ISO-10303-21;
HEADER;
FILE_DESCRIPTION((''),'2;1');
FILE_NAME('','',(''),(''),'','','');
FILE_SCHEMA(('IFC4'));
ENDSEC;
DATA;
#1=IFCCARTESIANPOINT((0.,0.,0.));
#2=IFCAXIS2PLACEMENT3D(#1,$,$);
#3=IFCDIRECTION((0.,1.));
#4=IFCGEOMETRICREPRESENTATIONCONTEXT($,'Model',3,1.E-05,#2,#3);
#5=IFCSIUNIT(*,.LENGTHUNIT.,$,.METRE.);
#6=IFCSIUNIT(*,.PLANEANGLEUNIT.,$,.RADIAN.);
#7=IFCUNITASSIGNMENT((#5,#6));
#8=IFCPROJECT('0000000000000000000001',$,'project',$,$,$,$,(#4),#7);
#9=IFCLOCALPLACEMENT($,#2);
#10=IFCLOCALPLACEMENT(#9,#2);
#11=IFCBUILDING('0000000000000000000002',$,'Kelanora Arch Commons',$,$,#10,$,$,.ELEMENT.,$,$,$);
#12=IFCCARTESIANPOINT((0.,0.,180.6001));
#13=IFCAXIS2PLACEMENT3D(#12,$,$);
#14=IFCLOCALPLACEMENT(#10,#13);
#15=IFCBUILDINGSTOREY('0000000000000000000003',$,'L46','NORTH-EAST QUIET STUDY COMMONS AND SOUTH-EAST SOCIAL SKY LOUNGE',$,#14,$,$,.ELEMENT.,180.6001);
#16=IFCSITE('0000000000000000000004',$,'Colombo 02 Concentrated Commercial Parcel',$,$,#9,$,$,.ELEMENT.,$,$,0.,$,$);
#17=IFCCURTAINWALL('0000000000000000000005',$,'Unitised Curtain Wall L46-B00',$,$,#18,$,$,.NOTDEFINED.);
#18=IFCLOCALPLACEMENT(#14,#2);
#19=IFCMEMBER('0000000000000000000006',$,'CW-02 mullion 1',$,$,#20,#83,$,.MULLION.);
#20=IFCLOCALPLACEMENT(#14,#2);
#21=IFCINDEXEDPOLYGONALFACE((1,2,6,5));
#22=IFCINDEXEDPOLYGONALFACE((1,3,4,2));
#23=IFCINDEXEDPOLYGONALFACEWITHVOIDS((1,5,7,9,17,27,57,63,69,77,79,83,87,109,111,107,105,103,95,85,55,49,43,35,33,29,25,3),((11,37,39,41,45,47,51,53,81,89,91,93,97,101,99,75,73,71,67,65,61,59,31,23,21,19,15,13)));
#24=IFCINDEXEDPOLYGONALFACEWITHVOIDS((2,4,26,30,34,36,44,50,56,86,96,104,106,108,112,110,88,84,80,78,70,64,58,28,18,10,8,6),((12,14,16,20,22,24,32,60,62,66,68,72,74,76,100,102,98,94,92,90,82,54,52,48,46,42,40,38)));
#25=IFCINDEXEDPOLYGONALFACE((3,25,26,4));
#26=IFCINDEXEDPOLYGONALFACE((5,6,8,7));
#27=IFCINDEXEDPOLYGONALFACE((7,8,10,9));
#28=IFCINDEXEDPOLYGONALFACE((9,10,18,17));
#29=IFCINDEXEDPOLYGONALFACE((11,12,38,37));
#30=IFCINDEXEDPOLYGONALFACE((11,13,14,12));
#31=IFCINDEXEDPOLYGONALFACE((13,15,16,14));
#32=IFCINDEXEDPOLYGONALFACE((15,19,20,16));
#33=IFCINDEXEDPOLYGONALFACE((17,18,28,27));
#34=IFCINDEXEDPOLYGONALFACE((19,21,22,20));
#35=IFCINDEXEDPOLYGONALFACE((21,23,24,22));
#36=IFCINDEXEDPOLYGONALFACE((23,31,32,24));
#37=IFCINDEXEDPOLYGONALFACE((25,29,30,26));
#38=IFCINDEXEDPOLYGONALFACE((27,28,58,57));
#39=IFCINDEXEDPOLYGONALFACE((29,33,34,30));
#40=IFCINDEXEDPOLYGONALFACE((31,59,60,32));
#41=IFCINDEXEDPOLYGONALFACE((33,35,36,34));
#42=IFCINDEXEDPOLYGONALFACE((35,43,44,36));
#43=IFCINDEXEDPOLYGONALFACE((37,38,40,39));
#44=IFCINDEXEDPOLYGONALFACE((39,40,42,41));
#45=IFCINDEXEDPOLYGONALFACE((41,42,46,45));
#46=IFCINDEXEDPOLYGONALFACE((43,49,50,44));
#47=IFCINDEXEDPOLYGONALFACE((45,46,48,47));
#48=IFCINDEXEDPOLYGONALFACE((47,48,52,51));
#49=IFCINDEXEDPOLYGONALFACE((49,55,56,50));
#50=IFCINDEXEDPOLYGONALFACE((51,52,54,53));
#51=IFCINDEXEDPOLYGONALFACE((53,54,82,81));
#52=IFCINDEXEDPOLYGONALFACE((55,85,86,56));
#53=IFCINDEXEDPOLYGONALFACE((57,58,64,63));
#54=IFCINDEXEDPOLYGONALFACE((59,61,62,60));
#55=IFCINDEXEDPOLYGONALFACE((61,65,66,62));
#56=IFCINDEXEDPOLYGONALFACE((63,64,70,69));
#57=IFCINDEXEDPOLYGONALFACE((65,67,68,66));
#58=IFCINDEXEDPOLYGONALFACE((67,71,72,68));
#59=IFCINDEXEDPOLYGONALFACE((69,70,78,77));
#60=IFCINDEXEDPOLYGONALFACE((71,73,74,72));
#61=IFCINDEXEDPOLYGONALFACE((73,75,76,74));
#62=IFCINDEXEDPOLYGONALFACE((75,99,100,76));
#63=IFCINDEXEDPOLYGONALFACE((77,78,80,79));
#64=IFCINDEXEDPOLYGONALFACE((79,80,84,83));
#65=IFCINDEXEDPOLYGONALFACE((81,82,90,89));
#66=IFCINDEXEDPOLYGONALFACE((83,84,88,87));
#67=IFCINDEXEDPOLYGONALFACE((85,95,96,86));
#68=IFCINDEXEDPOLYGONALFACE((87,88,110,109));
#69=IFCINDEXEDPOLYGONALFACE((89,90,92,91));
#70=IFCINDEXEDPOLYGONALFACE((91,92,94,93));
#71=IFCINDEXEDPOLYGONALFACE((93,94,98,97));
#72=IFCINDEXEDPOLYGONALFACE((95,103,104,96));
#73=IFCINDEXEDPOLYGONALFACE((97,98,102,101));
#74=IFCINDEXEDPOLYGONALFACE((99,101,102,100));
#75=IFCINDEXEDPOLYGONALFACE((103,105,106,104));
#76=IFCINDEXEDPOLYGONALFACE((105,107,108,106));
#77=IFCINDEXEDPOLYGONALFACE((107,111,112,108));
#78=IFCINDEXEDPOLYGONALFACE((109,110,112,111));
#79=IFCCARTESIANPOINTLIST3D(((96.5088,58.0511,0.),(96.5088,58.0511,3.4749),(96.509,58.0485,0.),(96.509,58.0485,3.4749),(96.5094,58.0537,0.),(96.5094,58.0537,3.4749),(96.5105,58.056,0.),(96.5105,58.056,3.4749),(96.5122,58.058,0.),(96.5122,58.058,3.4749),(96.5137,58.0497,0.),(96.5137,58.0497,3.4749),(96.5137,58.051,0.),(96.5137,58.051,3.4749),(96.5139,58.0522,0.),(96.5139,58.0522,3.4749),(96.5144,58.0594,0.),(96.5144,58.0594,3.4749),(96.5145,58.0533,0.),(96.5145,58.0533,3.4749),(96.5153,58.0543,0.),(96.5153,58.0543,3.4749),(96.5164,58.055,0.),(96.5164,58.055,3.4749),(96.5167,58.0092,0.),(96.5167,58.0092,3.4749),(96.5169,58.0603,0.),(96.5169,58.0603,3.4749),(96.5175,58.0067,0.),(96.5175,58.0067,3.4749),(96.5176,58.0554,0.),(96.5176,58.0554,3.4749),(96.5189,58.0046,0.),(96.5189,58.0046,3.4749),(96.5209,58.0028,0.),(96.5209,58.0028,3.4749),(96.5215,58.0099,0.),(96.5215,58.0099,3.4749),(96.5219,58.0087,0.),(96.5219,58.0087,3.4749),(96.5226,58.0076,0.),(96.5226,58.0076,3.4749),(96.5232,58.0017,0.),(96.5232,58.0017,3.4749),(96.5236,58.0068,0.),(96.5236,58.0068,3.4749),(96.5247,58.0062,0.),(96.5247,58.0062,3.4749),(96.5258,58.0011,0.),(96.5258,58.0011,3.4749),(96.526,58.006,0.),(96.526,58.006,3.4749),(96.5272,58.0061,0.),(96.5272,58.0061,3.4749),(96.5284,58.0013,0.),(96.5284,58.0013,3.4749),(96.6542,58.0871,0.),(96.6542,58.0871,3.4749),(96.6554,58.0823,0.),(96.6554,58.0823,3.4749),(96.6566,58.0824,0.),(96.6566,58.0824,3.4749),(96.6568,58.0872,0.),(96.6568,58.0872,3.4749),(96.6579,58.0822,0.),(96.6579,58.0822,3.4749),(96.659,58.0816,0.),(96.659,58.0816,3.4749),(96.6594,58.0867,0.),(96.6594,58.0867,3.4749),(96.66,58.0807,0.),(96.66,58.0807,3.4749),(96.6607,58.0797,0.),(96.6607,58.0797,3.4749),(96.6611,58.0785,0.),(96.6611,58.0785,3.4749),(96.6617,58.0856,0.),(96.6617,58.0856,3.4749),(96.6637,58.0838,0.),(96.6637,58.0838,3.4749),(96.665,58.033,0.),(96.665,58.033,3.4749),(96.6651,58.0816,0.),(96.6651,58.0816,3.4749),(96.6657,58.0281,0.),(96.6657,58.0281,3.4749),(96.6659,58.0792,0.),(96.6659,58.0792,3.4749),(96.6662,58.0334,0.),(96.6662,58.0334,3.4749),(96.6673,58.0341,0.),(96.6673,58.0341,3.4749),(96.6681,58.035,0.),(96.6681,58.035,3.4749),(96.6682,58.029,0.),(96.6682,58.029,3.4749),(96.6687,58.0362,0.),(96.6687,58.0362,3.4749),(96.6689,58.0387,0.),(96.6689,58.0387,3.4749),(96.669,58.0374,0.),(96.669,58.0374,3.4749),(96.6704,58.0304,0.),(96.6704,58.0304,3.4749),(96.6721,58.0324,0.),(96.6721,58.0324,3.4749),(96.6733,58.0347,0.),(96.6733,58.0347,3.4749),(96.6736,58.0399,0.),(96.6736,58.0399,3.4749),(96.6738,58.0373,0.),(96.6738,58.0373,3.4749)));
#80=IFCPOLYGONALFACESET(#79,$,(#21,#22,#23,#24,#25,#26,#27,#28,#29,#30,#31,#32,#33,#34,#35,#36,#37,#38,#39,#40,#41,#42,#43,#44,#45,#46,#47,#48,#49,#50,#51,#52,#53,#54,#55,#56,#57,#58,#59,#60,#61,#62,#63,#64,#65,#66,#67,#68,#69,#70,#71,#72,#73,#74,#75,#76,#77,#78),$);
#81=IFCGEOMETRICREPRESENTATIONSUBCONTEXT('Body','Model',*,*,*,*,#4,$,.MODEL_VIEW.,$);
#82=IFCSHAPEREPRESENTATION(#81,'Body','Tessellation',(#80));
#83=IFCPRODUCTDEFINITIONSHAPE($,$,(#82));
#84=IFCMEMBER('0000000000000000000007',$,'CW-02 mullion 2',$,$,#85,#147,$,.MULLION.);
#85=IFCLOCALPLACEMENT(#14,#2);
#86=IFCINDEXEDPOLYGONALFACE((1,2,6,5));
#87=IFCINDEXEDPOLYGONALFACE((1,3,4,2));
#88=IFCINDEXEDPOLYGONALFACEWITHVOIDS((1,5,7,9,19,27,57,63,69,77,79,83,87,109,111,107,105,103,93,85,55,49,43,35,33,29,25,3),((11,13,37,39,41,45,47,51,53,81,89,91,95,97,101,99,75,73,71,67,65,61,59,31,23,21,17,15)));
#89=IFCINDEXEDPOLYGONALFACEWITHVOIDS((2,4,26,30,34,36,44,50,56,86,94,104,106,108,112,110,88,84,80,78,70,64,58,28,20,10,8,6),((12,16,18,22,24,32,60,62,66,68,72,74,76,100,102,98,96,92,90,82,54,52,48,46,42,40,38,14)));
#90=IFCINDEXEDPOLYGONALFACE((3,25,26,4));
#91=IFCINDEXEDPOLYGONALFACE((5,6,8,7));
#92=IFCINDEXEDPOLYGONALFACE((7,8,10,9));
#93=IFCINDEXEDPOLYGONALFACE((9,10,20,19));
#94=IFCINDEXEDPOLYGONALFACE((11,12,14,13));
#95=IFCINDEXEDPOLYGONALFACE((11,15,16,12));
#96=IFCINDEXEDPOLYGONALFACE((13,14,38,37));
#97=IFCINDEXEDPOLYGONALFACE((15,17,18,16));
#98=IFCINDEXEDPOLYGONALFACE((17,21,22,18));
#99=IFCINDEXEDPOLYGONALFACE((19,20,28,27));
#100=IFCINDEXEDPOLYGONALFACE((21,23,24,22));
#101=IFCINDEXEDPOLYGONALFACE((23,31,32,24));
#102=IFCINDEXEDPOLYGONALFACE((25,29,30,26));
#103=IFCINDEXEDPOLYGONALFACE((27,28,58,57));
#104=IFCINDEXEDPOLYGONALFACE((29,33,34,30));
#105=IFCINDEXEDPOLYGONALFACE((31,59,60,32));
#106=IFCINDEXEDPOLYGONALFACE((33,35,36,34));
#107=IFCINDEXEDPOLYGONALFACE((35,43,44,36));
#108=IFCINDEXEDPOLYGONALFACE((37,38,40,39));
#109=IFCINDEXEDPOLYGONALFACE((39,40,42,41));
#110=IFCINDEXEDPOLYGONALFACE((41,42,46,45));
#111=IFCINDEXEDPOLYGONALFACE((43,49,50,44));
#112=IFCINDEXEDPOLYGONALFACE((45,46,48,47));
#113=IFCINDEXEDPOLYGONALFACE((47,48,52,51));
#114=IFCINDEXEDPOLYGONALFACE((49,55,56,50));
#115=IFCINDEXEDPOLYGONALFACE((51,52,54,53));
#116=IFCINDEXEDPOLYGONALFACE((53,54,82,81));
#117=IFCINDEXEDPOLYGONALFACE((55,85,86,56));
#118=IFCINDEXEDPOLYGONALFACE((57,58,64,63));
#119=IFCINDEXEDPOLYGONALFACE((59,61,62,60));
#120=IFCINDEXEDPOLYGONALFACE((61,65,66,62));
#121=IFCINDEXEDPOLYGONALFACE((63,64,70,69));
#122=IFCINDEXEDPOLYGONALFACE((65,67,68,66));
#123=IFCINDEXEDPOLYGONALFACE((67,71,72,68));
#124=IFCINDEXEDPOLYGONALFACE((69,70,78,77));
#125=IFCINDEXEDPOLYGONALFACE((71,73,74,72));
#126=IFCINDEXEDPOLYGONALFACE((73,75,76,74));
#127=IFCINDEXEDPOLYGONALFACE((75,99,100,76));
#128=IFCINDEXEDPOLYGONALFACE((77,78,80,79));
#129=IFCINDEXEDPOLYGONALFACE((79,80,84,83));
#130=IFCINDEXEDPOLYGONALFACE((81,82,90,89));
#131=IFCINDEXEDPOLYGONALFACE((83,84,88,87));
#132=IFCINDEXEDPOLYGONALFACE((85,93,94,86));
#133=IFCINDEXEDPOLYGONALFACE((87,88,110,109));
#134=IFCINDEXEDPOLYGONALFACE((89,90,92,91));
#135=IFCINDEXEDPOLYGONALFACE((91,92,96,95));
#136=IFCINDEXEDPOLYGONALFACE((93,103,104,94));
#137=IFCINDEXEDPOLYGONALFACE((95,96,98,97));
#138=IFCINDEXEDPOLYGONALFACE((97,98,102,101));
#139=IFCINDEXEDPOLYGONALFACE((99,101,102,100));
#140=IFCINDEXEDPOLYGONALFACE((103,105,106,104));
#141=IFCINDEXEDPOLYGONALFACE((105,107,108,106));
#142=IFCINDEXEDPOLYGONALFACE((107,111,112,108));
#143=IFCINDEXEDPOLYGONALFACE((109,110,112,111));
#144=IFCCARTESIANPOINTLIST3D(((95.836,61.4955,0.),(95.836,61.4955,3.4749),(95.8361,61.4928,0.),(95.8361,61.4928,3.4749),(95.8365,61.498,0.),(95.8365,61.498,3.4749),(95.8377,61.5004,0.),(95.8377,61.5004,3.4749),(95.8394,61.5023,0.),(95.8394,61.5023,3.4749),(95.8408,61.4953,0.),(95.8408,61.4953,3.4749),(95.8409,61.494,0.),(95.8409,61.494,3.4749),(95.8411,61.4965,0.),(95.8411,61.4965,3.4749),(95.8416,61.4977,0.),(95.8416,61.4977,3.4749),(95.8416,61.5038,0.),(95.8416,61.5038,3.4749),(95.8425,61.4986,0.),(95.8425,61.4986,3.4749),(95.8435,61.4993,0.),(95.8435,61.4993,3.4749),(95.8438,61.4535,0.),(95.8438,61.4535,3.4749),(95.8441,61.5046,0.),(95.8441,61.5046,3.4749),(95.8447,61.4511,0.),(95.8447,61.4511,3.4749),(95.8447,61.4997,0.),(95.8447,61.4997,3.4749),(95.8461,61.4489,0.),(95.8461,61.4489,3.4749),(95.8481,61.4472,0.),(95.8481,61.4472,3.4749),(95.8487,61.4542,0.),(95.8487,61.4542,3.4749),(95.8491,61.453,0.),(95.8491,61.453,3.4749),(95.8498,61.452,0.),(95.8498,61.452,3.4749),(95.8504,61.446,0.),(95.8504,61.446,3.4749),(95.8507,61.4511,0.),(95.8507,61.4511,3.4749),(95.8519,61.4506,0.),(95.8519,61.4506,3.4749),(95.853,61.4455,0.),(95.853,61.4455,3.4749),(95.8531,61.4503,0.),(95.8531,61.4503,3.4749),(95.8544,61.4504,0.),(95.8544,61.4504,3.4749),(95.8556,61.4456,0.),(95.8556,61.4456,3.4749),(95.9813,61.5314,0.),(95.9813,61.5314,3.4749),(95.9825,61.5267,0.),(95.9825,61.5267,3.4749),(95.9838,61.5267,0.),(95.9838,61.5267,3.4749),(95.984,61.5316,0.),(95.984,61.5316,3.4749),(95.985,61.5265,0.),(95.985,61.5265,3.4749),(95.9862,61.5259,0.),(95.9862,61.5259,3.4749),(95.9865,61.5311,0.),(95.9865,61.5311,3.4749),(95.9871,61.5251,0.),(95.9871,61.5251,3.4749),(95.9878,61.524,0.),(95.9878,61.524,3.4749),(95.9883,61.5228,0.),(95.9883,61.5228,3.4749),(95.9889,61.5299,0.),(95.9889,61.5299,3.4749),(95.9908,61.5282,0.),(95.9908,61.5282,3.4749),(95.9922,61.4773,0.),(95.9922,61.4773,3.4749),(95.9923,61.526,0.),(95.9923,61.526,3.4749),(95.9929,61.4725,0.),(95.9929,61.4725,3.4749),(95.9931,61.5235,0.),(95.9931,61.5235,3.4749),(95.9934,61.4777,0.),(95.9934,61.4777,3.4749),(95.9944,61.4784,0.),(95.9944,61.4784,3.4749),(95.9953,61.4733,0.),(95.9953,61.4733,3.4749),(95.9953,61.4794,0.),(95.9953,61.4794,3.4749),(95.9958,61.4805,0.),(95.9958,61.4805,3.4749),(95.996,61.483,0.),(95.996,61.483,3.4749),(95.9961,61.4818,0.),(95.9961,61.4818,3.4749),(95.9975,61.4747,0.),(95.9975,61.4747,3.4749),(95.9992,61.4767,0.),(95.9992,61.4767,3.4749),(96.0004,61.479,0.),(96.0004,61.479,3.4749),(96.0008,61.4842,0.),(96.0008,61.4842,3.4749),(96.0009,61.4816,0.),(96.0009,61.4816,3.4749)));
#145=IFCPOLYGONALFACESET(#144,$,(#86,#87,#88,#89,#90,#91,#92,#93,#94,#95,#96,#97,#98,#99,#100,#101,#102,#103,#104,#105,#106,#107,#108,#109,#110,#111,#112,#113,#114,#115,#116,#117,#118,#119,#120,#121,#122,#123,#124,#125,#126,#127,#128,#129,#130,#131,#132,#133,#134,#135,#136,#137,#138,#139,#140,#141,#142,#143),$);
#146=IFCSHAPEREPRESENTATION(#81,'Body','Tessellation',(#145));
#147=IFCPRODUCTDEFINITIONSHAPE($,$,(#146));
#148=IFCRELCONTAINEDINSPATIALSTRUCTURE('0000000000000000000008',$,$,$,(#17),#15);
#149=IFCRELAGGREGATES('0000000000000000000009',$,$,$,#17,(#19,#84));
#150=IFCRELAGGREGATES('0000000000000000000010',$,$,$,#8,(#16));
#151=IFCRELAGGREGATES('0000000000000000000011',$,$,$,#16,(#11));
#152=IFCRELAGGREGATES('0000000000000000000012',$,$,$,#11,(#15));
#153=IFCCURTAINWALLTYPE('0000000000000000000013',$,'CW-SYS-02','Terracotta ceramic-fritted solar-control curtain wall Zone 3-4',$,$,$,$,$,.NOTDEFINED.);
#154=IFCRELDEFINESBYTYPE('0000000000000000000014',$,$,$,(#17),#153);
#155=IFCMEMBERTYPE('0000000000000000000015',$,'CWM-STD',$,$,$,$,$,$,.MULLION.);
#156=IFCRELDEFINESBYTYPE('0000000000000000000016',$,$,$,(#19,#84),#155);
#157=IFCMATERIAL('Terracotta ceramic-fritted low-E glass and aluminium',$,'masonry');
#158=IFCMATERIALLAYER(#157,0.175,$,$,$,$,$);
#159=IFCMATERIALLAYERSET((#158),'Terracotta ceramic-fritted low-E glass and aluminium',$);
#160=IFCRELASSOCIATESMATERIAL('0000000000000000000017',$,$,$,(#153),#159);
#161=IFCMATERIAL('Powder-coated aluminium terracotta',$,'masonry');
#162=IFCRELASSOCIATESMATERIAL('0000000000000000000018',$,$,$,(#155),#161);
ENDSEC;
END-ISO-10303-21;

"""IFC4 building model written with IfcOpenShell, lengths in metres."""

from ifc_helpers import new_model, si_unit, direction, frame, origin, origin_2d, place, context, subcontext, project, spatial, hollow_rectangle, extrude, material, layer, layer_set, material_profile, profile_set, type_object, element, aggregate, save


model = new_model("IFC4")

# Units and contexts
model_context = context("Model", 3, precision=1e-05, world=origin(), true_north=direction((0.0, 1.0)))
body_context = subcontext(model_context, "Body", "Model", "MODEL_VIEW")
ifc_project = project(units=[si_unit("LENGTHUNIT", "METRE"), si_unit("PLANEANGLEUNIT", "RADIAN")], contexts=[model_context])

# Site, building, storey
site_placement = place(None, origin())
site = spatial("IfcSite", under=ifc_project, at=site_placement, Name="Colombo 02 Concentrated Commercial Parcel", CompositionType="ELEMENT", RefElevation=0.0)
building_placement = place(site_placement, origin())
building = spatial("IfcBuilding", under=site, at=building_placement, Name="Kelanora Arch Commons", CompositionType="ELEMENT")
storey_placement = place(building_placement, frame((0.0, 0.0, 180.6001)))
storey = spatial("IfcBuildingStorey", under=building, at=storey_placement, Name="L46", Description="NORTH-EAST QUIET STUDY COMMONS AND SOUTH-EAST SOCIAL SKY LOUNGE", CompositionType="ELEMENT", Elevation=180.6001)

# Curtain wall, members
ifc_material_1 = material(Name="Terracotta ceramic-fritted low-E glass and aluminium", Category="masonry")
ifc_layer_1 = layer(ifc_material_1, 0.175)
ifc_layer_set_1 = layer_set([ifc_layer_1], Name="Terracotta ceramic-fritted low-E glass and aluminium")
curtain_wall_type = type_object("IfcCurtainWallType", Name="CW-SYS-02", Description="Terracotta ceramic-fritted solar-control curtain wall Zone 3-4", PredefinedType="NOTDEFINED", material=ifc_layer_set_1)
curtain_wall_placement = place(storey_placement, origin())
curtain_wall = element("IfcCurtainWall", 1, at=curtain_wall_placement, inside=storey, type_object=curtain_wall_type, Name="Unitised Curtain Wall L46-B00", PredefinedType="NOTDEFINED")
ifc_material_2 = material(Name="Powder-coated aluminium terracotta", Category="masonry")
ifc_material_profile_1 = material_profile(ifc_material_2, hollow_rectangle(XDim=0.1599, YDim=0.0601, WallThickness=0.0049, InnerFilletRadius=0.0049, OuterFilletRadius=0.01, at=origin_2d()), Name="CWM160x60")
ifc_profile_set_1 = profile_set([ifc_material_profile_1], Name="Powder-coated aluminium terracotta")
member_type_1 = type_object("IfcMemberType", Name="CWM-STD", PredefinedType="MULLION", material=ifc_profile_set_1)
member_1_placement = place(storey_placement, frame((96.5913, 58.0442, 0.0), z_axis=(0.0, 0.0, 1.0), x_axis=(-0.981453, -0.191705, 0.0)))
member_1 = element("IfcMember", 2, at=member_1_placement, type_object=member_type_1, Name="CW-02 mullion 1", PredefinedType="MULLION", context=body_context, shape_type="SweptSolid", body=[
    extrude(hollow_rectangle(XDim=0.1599, YDim=0.0601, WallThickness=0.0049, InnerFilletRadius=0.0049, OuterFilletRadius=0.01, at=origin_2d()), origin(), (0.0, 0.0, 1.0), 3.4749),
])
member_2_placement = place(storey_placement, frame((95.9185, 61.4885, 0.0), z_axis=(0.0, 0.0, 1.0), x_axis=(-0.981453, -0.191705, 0.0)))
member_2 = element("IfcMember", 3, at=member_2_placement, type_object=member_type_1, Name="CW-02 mullion 2", PredefinedType="MULLION", context=body_context, shape_type="SweptSolid", body=[
    extrude(hollow_rectangle(XDim=0.1599, YDim=0.0601, WallThickness=0.0049, InnerFilletRadius=0.0049, OuterFilletRadius=0.01, at=origin_2d()), origin(), (0.0, 0.0, 1.0), 3.4749),
])
aggregate(curtain_wall, [member_1, member_2])

save(model, "model.ifc")
